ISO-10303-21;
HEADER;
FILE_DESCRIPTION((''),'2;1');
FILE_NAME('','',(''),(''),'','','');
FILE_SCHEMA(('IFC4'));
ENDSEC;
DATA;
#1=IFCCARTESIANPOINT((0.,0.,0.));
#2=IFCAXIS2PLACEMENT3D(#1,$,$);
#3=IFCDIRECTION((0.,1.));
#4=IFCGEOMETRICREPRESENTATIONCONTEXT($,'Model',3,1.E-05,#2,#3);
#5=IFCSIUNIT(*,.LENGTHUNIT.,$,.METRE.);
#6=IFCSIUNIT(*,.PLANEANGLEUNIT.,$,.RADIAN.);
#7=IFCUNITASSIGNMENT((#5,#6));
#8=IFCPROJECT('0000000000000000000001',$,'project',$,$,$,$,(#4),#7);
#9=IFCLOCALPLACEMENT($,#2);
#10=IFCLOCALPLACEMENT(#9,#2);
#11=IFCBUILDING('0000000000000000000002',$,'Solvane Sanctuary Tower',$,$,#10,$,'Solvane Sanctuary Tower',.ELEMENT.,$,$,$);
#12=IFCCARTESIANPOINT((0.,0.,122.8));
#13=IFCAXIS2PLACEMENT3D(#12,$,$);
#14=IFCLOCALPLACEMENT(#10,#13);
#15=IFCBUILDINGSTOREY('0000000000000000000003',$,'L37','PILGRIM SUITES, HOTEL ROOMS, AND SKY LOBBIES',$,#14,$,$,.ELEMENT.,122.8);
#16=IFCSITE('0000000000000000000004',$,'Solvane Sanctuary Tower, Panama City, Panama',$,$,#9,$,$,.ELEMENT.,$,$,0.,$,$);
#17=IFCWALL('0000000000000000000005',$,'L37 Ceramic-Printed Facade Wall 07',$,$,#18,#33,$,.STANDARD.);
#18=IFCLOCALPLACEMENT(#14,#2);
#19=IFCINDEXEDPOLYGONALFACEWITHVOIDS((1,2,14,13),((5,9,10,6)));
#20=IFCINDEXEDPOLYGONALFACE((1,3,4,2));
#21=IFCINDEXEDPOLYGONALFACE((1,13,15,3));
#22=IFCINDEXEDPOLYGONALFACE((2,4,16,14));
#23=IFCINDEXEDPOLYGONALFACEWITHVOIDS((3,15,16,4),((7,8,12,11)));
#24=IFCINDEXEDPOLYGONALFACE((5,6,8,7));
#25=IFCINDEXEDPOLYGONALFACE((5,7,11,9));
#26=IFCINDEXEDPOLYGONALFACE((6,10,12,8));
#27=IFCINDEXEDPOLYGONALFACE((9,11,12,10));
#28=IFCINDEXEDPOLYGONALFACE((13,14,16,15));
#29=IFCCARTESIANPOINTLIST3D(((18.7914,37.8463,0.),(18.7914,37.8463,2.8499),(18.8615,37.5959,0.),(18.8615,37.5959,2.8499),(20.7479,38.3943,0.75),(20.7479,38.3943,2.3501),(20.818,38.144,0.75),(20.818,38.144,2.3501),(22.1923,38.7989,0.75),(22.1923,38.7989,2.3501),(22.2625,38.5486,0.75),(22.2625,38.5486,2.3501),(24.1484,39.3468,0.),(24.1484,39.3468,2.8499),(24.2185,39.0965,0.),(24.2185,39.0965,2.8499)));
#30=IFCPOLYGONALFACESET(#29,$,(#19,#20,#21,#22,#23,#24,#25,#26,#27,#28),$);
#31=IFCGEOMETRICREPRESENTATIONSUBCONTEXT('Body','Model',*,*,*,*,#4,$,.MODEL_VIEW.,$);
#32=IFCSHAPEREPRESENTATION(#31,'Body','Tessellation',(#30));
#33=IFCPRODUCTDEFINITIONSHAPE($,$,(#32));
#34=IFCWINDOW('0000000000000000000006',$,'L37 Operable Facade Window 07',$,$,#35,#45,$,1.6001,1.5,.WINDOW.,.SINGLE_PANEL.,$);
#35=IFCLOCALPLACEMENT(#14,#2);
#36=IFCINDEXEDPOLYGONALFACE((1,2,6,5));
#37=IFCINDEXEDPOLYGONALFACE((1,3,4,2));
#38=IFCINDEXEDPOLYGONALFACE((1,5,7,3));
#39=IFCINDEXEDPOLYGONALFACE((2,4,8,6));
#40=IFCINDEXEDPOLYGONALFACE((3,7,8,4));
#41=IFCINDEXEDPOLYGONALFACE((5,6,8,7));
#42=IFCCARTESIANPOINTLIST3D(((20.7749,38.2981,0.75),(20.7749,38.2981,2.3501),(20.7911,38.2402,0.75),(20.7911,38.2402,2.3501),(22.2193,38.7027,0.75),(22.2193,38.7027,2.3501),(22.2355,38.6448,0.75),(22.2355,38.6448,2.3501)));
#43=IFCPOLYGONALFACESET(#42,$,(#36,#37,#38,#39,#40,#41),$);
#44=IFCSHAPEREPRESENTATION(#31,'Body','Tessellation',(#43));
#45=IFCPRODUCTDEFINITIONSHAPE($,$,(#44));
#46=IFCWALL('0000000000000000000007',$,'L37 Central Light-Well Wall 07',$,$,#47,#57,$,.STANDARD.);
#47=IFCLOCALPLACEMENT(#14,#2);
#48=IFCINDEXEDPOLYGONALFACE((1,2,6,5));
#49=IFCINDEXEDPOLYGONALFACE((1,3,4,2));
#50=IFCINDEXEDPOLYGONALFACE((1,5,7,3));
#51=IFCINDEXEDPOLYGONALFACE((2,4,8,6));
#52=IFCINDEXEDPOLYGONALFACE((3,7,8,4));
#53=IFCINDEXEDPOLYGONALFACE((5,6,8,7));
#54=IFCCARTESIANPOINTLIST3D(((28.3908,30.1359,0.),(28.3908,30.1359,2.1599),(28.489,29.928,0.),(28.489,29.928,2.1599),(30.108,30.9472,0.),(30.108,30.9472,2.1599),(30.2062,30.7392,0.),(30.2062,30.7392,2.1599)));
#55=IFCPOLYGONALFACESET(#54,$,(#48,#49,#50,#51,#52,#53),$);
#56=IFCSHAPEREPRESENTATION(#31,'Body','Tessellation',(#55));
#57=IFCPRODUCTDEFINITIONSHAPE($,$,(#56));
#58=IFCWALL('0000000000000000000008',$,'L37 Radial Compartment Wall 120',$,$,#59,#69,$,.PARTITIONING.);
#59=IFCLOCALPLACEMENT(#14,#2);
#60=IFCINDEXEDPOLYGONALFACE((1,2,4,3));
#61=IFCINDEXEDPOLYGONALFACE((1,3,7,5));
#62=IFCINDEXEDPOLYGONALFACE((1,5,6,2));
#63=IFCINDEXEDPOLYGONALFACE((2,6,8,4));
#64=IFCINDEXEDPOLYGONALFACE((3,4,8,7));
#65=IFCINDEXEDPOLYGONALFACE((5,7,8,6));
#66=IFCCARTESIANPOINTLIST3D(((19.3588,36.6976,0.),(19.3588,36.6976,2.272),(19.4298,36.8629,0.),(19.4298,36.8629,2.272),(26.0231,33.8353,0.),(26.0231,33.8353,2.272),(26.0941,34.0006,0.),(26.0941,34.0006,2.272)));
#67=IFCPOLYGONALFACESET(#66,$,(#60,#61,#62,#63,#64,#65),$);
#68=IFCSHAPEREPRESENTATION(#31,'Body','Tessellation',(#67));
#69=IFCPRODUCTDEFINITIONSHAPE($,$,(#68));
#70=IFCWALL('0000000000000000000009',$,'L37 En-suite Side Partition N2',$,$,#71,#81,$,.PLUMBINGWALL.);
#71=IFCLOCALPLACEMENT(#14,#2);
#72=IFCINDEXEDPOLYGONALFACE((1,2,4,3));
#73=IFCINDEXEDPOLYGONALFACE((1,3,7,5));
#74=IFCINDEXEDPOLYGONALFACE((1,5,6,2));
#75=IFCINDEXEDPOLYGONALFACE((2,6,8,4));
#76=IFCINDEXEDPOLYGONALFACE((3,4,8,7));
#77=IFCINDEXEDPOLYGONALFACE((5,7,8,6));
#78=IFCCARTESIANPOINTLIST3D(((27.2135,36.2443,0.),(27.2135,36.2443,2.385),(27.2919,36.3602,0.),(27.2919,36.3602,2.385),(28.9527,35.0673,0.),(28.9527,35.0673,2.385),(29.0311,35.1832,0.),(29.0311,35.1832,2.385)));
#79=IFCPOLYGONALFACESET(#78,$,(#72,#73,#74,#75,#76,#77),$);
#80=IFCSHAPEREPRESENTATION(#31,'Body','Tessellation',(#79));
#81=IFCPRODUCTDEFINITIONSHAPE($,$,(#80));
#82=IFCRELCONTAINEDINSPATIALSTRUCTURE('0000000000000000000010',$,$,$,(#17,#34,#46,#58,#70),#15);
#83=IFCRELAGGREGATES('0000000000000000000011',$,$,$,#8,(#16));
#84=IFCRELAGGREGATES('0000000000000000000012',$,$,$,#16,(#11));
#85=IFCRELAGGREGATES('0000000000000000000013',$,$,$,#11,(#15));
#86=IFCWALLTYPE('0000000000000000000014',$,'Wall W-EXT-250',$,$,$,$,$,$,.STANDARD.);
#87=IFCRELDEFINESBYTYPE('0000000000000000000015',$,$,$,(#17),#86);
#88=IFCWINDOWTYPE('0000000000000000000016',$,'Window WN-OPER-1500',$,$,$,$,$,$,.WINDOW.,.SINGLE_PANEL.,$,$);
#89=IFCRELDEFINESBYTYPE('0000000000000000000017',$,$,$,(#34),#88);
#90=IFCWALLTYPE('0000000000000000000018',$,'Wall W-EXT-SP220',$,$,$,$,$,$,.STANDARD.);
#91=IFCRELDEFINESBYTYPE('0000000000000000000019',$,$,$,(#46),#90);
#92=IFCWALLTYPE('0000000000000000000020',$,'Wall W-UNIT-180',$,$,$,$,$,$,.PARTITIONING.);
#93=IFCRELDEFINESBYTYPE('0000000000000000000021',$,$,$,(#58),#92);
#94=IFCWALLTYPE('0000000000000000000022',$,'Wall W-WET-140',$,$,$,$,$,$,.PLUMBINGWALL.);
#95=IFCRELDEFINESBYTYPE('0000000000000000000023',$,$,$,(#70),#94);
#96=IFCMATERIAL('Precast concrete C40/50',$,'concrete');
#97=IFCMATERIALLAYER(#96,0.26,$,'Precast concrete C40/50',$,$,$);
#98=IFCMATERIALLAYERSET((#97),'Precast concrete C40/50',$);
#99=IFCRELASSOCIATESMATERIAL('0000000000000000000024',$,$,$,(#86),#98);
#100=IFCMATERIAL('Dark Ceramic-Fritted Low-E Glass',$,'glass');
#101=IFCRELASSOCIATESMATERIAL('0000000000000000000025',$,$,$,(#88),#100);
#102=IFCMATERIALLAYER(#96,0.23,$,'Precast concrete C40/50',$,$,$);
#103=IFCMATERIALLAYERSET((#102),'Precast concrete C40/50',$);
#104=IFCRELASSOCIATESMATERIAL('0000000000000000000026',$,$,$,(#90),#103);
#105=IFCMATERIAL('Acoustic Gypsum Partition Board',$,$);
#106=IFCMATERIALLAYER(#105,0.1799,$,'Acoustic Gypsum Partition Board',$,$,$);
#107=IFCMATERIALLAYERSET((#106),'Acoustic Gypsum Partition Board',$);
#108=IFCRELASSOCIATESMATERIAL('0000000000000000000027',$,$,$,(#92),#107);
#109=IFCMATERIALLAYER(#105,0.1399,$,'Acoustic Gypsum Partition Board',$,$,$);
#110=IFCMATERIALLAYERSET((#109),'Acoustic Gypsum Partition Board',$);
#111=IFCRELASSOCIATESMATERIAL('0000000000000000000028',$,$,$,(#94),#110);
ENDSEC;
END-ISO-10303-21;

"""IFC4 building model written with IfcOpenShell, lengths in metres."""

from ifc_helpers import new_model, si_unit, direction, frame, frame_2d, origin, place, context, subcontext, project, spatial, rectangle, extrude, material, layer, layer_set, type_object, element, fill, save


model = new_model("IFC4")

# Units and contexts
model_context = context("Model", 3, precision=1e-05, world=origin(), true_north=direction((0.0, 1.0)))
body_context = subcontext(model_context, "Body", "Model", "MODEL_VIEW")
ifc_project = project(units=[si_unit("LENGTHUNIT", "METRE"), si_unit("PLANEANGLEUNIT", "RADIAN")], contexts=[model_context])

# Site, building, storey
site_placement = place(None, origin())
site = spatial("IfcSite", under=ifc_project, at=site_placement, Name="Solvane Sanctuary Tower, Panama City, Panama", CompositionType="ELEMENT", RefElevation=0.0)
building_placement = place(site_placement, origin())
building = spatial("IfcBuilding", under=site, at=building_placement, Name="Solvane Sanctuary Tower", LongName="Solvane Sanctuary Tower", CompositionType="ELEMENT")
storey_placement = place(building_placement, frame((0.0, 0.0, 122.8)))
storey = spatial("IfcBuildingStorey", under=building, at=storey_placement, Name="L37", Description="PILGRIM SUITES, HOTEL ROOMS, AND SKY LOBBIES", CompositionType="ELEMENT", Elevation=122.8)

# Shared definitions
ifc_material_1 = material(Name="Acoustic Gypsum Partition Board")

# Wall, opening, window
ifc_material_2 = material(Name="Precast concrete C40/50", Category="concrete")
ifc_layer_1 = layer(ifc_material_2, 0.26, Name="Precast concrete C40/50")
ifc_layer_set_1 = layer_set([ifc_layer_1], Name="Precast concrete C40/50")
wall_type_1 = type_object("IfcWallType", Name="Wall W-EXT-250", PredefinedType="STANDARD", material=ifc_layer_set_1)
wall_1_placement = place(storey_placement, frame((24.1836, 39.2217, 0.0), z_axis=(0.0, 0.0, 1.0), x_axis=(-0.962938, -0.269721, 0.0)))
wall_1 = element("IfcWall", 1, at=wall_1_placement, inside=storey, type_object=wall_type_1, Name="L37 Ceramic-Printed Facade Wall 07", PredefinedType="STANDARD", context=body_context, shape_type="SweptSolid", body=[
    extrude(rectangle(XDim=5.5632, YDim=0.26, at=frame_2d((2.7817, 0.0))), origin(), (0.0, 0.0, 1.0), 2.8499),
])
opening_1_placement = place(wall_1_placement, frame((2.0315, 0.0, 0.75)))
opening_1 = element("IfcOpeningElement", 2, at=opening_1_placement, cuts=wall_1, PredefinedType="OPENING", context=body_context, shape_type="SweptSolid", body=[
    extrude(rectangle(XDim=1.5, YDim=1.6001, at=frame_2d((0.75, 0.8))), frame((0.0, 0.1399, 0.0), z_axis=(0.0, -1.0, 0.0), x_axis=(1.0, 0.0, 0.0)), (0.0, 0.0, 1.0), 0.28),
])
ifc_material_3 = material(Name="Dark Ceramic-Fritted Low-E Glass", Category="glass")
window_type = type_object("IfcWindowType", Name="Window WN-OPER-1500", PartitioningType="SINGLE_PANEL", PredefinedType="WINDOW", material=ifc_material_3)
window_placement = place(opening_1_placement, origin())
window = element("IfcWindow", 3, at=window_placement, inside=storey, type_object=window_type, Name="L37 Operable Facade Window 07", OverallHeight=1.6001, OverallWidth=1.5, PartitioningType="SINGLE_PANEL", PredefinedType="WINDOW", context=body_context, shape_type="SweptSolid", body=[
    extrude(rectangle(XDim=1.5, YDim=1.6001, at=frame_2d((0.75, 0.8))), frame((0.0, 0.03, 0.0), z_axis=(0.0, -1.0, 0.0), x_axis=(1.0, 0.0, 0.0)), (0.0, 0.0, 1.0), 0.0601),
])
fill(opening_1, window)

# Walls
ifc_layer_2 = layer(ifc_material_2, 0.23, Name="Precast concrete C40/50")
ifc_layer_set_2 = layer_set([ifc_layer_2], Name="Precast concrete C40/50")
wall_type_2 = type_object("IfcWallType", Name="Wall W-EXT-SP220", PredefinedType="STANDARD", material=ifc_layer_set_2)
wall_2_placement = place(storey_placement, frame((30.1572, 30.8433, 0.0), z_axis=(0.0, 0.0, 1.0), x_axis=(-0.90418, -0.427152, 0.0)))
element("IfcWall", 4, at=wall_2_placement, inside=storey, type_object=wall_type_2, Name="L37 Central Light-Well Wall 07", PredefinedType="STANDARD", context=body_context, shape_type="SweptSolid", body=[
    extrude(rectangle(XDim=1.8992, YDim=0.23, at=frame_2d((0.9497, 0.0))), origin(), (0.0, 0.0, 1.0), 2.1599),
])
ifc_layer_3 = layer(ifc_material_1, 0.1799, Name="Acoustic Gypsum Partition Board")
ifc_layer_set_3 = layer_set([ifc_layer_3], Name="Acoustic Gypsum Partition Board")
wall_type_3 = type_object("IfcWallType", Name="Wall W-UNIT-180", PredefinedType="PARTITIONING", material=ifc_layer_set_3)
wall_3_placement = place(storey_placement, frame((26.0586, 33.918, 0.0), z_axis=(0.0, 0.0, 1.0), x_axis=(-0.918837, 0.394638, 0.0)))
element("IfcWall", 5, at=wall_3_placement, inside=storey, type_object=wall_type_3, Name="L37 Radial Compartment Wall 120", PredefinedType="PARTITIONING", context=body_context, shape_type="SweptSolid", body=[
    extrude(rectangle(XDim=7.2529, YDim=0.1799, at=frame_2d((3.6265, 0.0))), origin(), (0.0, 0.0, 1.0), 2.272),
])
ifc_layer_4 = layer(ifc_material_1, 0.1399, Name="Acoustic Gypsum Partition Board")
ifc_layer_set_4 = layer_set([ifc_layer_4], Name="Acoustic Gypsum Partition Board")
wall_type_4 = type_object("IfcWallType", Name="Wall W-WET-140", PredefinedType="PLUMBINGWALL", material=ifc_layer_set_4)
wall_4_placement = place(storey_placement, frame((28.9919, 35.1252, 0.0), z_axis=(0.0, 0.0, 1.0), x_axis=(-0.828185, 0.560455, 0.0)))
element("IfcWall", 6, at=wall_4_placement, inside=storey, type_object=wall_type_4, Name="L37 En-suite Side Partition N2", PredefinedType="PLUMBINGWALL", context=body_context, shape_type="SweptSolid", body=[
    extrude(rectangle(XDim=2.1001, YDim=0.1399, at=frame_2d((1.05, 0.0))), origin(), (0.0, 0.0, 1.0), 2.385),
])

save(model, "model.ifc")
